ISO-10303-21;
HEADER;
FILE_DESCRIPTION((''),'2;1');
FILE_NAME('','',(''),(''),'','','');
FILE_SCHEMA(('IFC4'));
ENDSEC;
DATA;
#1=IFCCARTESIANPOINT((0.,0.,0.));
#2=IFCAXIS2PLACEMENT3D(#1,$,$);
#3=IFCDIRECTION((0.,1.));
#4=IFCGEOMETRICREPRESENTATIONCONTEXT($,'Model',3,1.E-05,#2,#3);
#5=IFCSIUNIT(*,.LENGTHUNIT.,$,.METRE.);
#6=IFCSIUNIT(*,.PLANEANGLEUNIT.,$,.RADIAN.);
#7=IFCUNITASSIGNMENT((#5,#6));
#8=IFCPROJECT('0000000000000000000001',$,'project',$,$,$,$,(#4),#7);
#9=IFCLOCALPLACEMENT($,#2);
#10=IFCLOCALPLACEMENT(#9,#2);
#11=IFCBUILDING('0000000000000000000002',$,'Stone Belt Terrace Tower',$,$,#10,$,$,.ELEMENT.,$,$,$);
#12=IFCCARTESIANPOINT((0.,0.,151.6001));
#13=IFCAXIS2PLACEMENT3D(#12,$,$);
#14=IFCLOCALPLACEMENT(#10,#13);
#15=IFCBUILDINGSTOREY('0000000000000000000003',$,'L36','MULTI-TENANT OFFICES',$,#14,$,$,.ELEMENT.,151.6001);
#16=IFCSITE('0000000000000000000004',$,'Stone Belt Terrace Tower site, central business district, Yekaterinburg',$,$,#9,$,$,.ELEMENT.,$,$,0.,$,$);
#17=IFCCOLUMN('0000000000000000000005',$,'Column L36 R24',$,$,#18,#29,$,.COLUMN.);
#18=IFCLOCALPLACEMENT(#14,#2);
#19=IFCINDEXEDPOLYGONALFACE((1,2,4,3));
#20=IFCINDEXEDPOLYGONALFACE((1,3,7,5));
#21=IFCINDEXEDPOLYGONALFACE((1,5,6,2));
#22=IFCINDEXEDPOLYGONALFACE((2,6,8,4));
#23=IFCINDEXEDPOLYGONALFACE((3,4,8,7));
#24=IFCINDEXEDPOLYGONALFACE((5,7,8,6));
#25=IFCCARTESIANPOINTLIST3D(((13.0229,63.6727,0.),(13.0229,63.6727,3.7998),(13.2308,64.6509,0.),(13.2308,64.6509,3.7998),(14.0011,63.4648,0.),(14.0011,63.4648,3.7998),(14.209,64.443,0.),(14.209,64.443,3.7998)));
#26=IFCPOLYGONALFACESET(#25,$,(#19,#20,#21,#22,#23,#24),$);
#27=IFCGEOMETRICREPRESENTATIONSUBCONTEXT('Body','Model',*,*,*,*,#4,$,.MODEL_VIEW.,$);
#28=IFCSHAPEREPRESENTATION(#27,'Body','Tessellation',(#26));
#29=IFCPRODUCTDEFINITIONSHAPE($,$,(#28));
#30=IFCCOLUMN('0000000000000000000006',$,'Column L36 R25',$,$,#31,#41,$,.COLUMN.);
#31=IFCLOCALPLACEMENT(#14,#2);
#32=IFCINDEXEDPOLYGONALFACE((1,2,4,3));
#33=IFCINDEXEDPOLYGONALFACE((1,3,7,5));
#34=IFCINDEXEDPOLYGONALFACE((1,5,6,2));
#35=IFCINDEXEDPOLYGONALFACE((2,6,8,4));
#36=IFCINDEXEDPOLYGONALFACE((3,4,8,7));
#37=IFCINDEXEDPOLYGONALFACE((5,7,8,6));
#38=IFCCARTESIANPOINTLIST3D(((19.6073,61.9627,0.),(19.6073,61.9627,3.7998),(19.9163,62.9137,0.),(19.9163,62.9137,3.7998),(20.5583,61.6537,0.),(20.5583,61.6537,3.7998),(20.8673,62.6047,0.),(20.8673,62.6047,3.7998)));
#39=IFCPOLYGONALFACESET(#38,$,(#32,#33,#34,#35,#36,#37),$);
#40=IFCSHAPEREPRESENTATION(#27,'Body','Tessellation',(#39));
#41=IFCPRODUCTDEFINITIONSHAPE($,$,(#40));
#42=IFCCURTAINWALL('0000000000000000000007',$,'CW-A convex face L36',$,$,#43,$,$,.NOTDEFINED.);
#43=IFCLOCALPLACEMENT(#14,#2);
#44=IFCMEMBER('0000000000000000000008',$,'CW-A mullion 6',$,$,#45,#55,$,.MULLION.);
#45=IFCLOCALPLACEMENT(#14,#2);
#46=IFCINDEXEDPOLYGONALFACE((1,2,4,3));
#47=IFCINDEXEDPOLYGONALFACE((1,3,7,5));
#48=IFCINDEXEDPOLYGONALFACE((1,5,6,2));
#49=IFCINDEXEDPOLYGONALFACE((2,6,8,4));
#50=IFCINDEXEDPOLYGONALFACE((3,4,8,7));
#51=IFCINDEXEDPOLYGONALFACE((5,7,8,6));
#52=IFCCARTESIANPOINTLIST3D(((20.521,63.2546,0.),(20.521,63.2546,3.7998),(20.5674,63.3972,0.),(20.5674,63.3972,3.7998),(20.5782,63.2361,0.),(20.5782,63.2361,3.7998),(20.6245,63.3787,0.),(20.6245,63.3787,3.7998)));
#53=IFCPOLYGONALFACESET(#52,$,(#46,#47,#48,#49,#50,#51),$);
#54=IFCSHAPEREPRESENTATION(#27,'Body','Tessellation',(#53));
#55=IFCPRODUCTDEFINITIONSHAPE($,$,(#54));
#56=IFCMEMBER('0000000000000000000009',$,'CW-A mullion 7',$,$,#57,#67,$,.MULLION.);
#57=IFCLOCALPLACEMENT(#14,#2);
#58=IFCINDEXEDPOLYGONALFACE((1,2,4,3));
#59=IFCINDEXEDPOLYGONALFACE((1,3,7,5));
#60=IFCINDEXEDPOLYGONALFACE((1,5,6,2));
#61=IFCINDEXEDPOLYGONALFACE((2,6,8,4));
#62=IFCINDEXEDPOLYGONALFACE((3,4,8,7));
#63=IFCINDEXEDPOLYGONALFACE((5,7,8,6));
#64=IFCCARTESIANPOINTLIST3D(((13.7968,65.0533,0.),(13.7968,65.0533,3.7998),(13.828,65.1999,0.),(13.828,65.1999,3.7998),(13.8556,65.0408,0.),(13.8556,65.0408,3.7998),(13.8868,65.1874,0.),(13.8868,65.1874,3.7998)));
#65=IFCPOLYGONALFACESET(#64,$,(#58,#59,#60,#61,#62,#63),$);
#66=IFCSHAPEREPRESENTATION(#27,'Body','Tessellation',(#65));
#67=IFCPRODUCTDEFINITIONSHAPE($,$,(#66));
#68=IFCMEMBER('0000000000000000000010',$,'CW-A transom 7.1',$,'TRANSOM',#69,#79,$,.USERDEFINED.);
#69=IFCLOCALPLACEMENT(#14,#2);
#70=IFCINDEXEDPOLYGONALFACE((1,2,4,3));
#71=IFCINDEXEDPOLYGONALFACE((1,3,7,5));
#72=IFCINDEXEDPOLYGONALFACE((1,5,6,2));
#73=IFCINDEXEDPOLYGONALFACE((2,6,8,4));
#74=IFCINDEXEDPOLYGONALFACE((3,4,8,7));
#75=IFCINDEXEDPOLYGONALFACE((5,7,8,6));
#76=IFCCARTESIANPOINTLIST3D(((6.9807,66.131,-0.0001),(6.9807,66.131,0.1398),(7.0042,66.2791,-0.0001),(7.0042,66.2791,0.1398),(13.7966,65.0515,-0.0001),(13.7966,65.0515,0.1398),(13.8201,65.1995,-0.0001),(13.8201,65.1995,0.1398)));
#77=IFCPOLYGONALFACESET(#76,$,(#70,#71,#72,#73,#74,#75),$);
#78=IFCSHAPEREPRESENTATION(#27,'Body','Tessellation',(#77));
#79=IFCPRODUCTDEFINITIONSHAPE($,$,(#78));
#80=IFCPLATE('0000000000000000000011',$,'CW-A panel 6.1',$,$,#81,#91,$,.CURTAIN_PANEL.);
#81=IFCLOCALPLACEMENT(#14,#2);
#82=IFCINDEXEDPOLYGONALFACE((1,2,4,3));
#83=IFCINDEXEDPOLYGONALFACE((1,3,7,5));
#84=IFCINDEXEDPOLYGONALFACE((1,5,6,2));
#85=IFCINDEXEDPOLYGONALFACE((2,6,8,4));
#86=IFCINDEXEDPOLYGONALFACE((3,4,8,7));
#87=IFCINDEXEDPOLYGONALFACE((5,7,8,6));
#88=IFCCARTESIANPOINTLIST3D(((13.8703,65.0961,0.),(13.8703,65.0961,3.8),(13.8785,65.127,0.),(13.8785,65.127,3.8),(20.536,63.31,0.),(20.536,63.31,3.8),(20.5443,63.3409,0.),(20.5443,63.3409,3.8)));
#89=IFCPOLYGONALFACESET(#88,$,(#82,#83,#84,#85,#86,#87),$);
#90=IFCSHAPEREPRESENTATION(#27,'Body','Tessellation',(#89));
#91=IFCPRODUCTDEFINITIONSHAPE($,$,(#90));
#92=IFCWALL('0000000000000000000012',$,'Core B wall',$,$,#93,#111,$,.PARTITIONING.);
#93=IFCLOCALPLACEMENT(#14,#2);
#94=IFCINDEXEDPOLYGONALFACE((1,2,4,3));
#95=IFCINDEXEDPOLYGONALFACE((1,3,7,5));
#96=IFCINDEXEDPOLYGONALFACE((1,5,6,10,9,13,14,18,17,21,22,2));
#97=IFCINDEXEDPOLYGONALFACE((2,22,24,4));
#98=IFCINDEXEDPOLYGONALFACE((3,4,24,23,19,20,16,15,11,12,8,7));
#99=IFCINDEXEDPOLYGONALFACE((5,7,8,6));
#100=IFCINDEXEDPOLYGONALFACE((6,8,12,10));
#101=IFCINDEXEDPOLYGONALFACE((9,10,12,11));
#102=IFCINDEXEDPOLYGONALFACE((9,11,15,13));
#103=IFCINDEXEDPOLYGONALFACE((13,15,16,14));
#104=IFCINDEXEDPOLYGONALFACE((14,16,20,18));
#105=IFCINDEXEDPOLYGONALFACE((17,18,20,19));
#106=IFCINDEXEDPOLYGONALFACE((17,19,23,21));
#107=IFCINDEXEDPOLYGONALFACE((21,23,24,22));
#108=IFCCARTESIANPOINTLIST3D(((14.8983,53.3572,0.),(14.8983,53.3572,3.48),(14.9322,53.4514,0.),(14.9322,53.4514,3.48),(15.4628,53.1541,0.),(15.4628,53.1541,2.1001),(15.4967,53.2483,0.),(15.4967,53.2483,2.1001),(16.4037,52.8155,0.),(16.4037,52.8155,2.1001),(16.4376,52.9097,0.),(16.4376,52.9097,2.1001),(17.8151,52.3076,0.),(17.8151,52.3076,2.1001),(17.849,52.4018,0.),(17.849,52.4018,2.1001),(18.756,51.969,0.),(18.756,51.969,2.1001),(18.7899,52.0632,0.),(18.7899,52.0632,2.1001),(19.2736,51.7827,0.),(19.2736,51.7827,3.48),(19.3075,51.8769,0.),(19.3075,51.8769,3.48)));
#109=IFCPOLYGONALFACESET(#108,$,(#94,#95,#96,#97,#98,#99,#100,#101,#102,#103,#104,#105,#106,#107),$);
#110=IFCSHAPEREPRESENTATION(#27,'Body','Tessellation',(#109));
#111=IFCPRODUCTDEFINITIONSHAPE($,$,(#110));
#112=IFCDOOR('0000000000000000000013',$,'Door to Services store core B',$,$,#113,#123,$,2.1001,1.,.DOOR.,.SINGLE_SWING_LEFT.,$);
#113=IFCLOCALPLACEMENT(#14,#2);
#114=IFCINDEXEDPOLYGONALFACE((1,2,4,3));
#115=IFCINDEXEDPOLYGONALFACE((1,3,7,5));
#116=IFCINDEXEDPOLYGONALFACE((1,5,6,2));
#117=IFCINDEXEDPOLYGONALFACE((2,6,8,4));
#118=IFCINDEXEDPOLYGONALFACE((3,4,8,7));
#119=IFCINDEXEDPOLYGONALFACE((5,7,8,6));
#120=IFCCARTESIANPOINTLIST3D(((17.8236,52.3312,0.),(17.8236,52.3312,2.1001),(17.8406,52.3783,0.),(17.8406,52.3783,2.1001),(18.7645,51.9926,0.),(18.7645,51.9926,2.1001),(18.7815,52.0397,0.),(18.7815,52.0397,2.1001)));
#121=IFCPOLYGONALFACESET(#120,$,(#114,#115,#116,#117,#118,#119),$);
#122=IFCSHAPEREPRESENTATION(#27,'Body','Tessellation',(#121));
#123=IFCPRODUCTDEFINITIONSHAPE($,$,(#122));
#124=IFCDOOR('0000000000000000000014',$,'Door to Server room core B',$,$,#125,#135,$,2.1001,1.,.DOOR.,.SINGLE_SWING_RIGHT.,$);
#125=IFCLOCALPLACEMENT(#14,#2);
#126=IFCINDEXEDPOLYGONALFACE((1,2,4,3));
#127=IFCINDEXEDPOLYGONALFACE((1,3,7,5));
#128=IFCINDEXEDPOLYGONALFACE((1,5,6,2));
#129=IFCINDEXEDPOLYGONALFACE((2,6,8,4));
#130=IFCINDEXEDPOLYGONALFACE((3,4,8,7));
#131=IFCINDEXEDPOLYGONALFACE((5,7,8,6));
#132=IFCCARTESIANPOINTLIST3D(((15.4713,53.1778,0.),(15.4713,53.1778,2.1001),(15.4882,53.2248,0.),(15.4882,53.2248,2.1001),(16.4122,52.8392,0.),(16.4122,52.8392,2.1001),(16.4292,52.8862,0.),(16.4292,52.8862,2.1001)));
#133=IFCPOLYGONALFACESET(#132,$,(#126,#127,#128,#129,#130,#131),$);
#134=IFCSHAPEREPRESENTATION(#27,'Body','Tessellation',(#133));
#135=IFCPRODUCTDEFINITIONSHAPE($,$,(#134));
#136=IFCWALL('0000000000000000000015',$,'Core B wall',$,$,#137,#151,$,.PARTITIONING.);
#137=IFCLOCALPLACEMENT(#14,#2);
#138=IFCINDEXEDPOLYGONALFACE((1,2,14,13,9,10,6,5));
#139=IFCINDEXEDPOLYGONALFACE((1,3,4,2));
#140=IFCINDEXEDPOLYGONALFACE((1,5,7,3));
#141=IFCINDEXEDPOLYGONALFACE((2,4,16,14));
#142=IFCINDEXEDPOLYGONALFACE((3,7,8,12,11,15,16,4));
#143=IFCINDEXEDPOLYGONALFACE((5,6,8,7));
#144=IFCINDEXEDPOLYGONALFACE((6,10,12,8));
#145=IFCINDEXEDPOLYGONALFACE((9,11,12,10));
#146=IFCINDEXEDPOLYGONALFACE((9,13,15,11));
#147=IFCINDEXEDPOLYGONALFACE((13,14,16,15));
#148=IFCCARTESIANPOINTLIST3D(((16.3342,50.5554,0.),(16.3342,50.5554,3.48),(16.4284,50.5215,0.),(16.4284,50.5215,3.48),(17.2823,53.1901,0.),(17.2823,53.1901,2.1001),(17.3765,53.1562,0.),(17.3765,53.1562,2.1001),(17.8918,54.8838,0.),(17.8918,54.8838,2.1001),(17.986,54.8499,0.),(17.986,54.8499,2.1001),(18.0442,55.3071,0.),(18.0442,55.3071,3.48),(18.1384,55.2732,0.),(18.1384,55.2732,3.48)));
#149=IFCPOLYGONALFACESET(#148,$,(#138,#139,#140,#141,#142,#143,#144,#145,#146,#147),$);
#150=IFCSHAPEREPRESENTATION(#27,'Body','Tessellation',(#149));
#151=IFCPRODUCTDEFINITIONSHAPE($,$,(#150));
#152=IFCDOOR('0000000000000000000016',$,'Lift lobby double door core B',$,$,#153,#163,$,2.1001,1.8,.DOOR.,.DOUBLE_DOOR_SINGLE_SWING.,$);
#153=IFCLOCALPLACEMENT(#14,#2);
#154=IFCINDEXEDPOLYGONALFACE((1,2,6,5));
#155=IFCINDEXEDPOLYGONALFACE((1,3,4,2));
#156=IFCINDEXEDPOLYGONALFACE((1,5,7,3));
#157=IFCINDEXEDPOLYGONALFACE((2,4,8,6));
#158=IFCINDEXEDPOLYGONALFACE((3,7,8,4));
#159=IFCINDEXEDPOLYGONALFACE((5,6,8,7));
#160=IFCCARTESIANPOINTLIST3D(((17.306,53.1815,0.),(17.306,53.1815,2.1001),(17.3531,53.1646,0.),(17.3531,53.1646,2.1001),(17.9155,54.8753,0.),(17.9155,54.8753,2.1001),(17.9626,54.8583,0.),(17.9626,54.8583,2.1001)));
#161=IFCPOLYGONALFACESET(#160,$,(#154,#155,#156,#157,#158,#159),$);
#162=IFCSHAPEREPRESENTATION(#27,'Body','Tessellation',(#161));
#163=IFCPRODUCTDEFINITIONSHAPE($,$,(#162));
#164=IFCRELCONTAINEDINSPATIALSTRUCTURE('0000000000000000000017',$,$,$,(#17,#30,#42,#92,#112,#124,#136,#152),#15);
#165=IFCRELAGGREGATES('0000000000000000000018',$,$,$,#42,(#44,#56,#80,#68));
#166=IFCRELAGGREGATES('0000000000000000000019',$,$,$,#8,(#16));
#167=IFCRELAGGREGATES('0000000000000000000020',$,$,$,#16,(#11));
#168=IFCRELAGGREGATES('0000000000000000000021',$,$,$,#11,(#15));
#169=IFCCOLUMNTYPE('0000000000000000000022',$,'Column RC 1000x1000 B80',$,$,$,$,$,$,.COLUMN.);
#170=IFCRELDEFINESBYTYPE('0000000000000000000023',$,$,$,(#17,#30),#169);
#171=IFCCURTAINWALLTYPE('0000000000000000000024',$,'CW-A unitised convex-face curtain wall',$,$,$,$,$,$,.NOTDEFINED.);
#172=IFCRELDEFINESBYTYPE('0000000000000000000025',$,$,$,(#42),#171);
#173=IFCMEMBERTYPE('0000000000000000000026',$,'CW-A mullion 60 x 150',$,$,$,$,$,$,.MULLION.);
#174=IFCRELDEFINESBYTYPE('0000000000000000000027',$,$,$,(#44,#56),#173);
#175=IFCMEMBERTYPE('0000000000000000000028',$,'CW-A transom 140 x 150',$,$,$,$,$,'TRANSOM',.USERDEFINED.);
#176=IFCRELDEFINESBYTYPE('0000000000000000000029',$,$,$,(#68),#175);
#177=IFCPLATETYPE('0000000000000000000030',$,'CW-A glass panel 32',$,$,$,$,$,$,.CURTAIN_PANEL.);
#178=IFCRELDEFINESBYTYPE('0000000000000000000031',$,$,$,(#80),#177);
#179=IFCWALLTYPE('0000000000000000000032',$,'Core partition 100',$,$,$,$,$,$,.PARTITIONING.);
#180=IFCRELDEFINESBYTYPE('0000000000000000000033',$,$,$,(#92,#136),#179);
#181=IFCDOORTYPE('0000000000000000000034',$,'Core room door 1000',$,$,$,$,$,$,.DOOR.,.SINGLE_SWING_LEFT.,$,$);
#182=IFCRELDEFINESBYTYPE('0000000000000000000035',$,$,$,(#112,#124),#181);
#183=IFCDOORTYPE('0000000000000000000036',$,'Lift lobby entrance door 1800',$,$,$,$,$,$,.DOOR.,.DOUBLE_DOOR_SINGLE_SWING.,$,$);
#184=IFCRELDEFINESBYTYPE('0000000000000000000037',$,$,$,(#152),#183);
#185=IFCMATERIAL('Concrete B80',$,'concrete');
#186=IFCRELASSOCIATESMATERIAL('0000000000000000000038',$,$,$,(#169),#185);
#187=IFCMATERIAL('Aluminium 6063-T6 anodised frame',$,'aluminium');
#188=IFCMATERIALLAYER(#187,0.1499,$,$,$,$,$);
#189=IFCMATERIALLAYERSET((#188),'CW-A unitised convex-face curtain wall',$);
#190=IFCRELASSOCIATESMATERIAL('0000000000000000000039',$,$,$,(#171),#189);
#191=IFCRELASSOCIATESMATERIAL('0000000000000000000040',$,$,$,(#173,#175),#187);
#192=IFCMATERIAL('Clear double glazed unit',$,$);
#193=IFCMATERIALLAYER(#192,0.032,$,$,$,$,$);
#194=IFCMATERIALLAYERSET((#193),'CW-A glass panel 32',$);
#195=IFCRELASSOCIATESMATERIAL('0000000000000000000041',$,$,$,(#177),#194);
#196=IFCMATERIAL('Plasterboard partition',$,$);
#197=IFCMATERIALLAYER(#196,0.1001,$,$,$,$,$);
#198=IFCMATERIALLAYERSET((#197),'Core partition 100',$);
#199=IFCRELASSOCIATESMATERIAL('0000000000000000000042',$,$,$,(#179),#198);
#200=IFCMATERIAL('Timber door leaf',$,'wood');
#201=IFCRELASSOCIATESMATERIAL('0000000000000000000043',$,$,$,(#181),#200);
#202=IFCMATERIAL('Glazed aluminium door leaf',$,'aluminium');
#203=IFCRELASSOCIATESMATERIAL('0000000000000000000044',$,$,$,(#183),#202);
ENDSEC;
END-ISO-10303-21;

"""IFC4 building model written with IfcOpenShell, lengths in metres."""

from ifc_helpers import new_model, si_unit, direction, frame, frame_2d, origin, origin_2d, place, context, subcontext, project, spatial, rectangle, extrude, material, layer, layer_set, material_profile, profile_set, type_object, element, fill, aggregate, save


model = new_model("IFC4")

# Units and contexts
model_context = context("Model", 3, precision=1e-05, world=origin(), true_north=direction((0.0, 1.0)))
body_context = subcontext(model_context, "Body", "Model", "MODEL_VIEW")
ifc_project = project(units=[si_unit("LENGTHUNIT", "METRE"), si_unit("PLANEANGLEUNIT", "RADIAN")], contexts=[model_context])

# Site, building, storey
site_placement = place(None, origin())
site = spatial("IfcSite", under=ifc_project, at=site_placement, Name="Stone Belt Terrace Tower site, central business district, Yekaterinburg", CompositionType="ELEMENT", RefElevation=0.0)
building_placement = place(site_placement, origin())
building = spatial("IfcBuilding", under=site, at=building_placement, Name="Stone Belt Terrace Tower", CompositionType="ELEMENT")
storey_placement = place(building_placement, frame((0.0, 0.0, 151.6001)))
storey = spatial("IfcBuildingStorey", under=building, at=storey_placement, Name="L36", Description="MULTI-TENANT OFFICES", CompositionType="ELEMENT", Elevation=151.6001)

# Columns
ifc_material_1 = material(Name="Concrete B80", Category="concrete")
ifc_material_profile_1 = material_profile(ifc_material_1, rectangle(XDim=1.0, YDim=1.0, at=origin_2d()), Name="RC 1000x1000")
ifc_profile_set_1 = profile_set([ifc_material_profile_1], Name="Concrete B80")
column_type = type_object("IfcColumnType", Name="Column RC 1000x1000 B80", PredefinedType="COLUMN", material=ifc_profile_set_1)
for number, where, z_axis, x_axis, name in (
    (1, (13.616, 64.0579, 0.0), (0.0, 0.0, 1.0), (0.978148, -0.207912, 0.0), "Column L36 R24"),
    (2, (20.2373, 62.2837, 0.0), (0.0, 0.0, 1.0), (0.951057, -0.309017, 0.0), "Column L36 R25"),
):
    element("IfcColumn", number, at=place(storey_placement, frame(where, z_axis=z_axis, x_axis=x_axis)), inside=storey, type_object=column_type, Name=name, PredefinedType="COLUMN", context=body_context, shape_type="SweptSolid", body=[
        extrude(rectangle(XDim=1.0, YDim=1.0, at=origin_2d()), origin(), (0.0, 0.0, 1.0), 3.7998),
    ])

# Curtain wall, members, plate
ifc_material_2 = material(Name="Aluminium 6063-T6 anodised frame", Category="aluminium")
ifc_layer_1 = layer(ifc_material_2, 0.1499)
ifc_layer_set_1 = layer_set([ifc_layer_1], Name="CW-A unitised convex-face curtain wall")
curtain_wall_type = type_object("IfcCurtainWallType", Name="CW-A unitised convex-face curtain wall", PredefinedType="NOTDEFINED", material=ifc_layer_set_1)
curtain_wall_placement = place(storey_placement, origin())
curtain_wall = element("IfcCurtainWall", 3, at=curtain_wall_placement, inside=storey, type_object=curtain_wall_type, Name="CW-A convex face L36", PredefinedType="NOTDEFINED")
ifc_material_profile_2 = material_profile(ifc_material_2, rectangle(XDim=0.1499, YDim=0.0601, at=origin_2d()), Name="Aluminium 6063-T6 60x150")
ifc_profile_set_2 = profile_set([ifc_material_profile_2], Name="Aluminium 6063-T6 anodised frame")
member_type_1 = type_object("IfcMemberType", Name="CW-A mullion 60 x 150", PredefinedType="MULLION", material=ifc_profile_set_2)
member_1_placement = place(storey_placement, frame((20.5728, 63.3167, 0.0), z_axis=(0.0, 0.0, 1.0), x_axis=(-0.309017, -0.951057, 0.0)))
member_1 = element("IfcMember", 4, at=member_1_placement, type_object=member_type_1, Name="CW-A mullion 6", PredefinedType="MULLION", context=body_context, shape_type="SweptSolid", body=[
    extrude(rectangle(XDim=0.1499, YDim=0.0601, at=origin_2d()), origin(), (0.0, 0.0, 1.0), 3.7998),
])
member_2_placement = place(storey_placement, frame((13.8418, 65.1204, 0.0), z_axis=(0.0, 0.0, 1.0), x_axis=(-0.207912, -0.978148, 0.0)))
member_2 = element("IfcMember", 5, at=member_2_placement, type_object=member_type_1, Name="CW-A mullion 7", PredefinedType="MULLION", context=body_context, shape_type="SweptSolid", body=[
    extrude(rectangle(XDim=0.1499, YDim=0.0601, at=origin_2d()), origin(), (0.0, 0.0, 1.0), 3.7998),
])
ifc_material_profile_3 = material_profile(ifc_material_2, rectangle(XDim=0.1499, YDim=0.1399, at=origin_2d()), Name="Aluminium 6063-T6 150x140")
ifc_profile_set_3 = profile_set([ifc_material_profile_3], Name="Aluminium 6063-T6 anodised frame")
member_type_2 = type_object("IfcMemberType", Name="CW-A transom 140 x 150", ElementType="TRANSOM", PredefinedType="USERDEFINED", material=ifc_profile_set_3)
member_3_placement = place(storey_placement, frame((13.8083, 65.1255, 0.0698), z_axis=(-0.987687, 0.156442, 0.0), x_axis=(-0.156442, -0.987687, 0.0)))
member_3 = element("IfcMember", 6, at=member_3_placement, type_object=member_type_2, Name="CW-A transom 7.1", ObjectType="TRANSOM", PredefinedType="USERDEFINED", context=body_context, shape_type="SweptSolid", body=[
    extrude(rectangle(XDim=0.1499, YDim=0.1399, at=origin_2d()), origin(), (0.0, 0.0, 1.0), 6.9009),
])
ifc_material_3 = material(Name="Clear double glazed unit")
ifc_layer_2 = layer(ifc_material_3, 0.032)
ifc_layer_set_2 = layer_set([ifc_layer_2], Name="CW-A glass panel 32")
plate_type = type_object("IfcPlateType", Name="CW-A glass panel 32", PredefinedType="CURTAIN_PANEL", material=ifc_layer_set_2)
plate_placement = place(storey_placement, frame((17.2073, 64.2185, 0.0), z_axis=(0.0, 0.0, 1.0), x_axis=(-0.965926, 0.258819, 0.0)))
plate = element("IfcPlate", 7, at=plate_placement, type_object=plate_type, Name="CW-A panel 6.1", PredefinedType="CURTAIN_PANEL", context=body_context, shape_type="SweptSolid", body=[
    extrude(rectangle(XDim=6.9009, YDim=0.032, at=origin_2d()), origin(), (0.0, 0.0, 1.0), 3.8),
])
aggregate(curtain_wall, [member_1, member_2, plate, member_3])

# Wall, openings, doors
ifc_material_4 = material(Name="Plasterboard partition")
ifc_layer_3 = layer(ifc_material_4, 0.1001)
ifc_layer_set_3 = layer_set([ifc_layer_3], Name="Core partition 100")
wall_type_1 = type_object("IfcWallType", Name="Core partition 100", PredefinedType="PARTITIONING", material=ifc_layer_set_3)
wall_1_placement = place(storey_placement, frame((19.2905, 51.8298, 0.0), z_axis=(0.0, 0.0, 1.0), x_axis=(-0.94093, 0.3386, 0.0)))
wall_1 = element("IfcWall", 8, at=wall_1_placement, inside=storey, type_object=wall_type_1, Name="Core B wall", PredefinedType="PARTITIONING", context=body_context, shape_type="SweptSolid", body=[
    extrude(rectangle(XDim=4.6499, YDim=0.1001, at=frame_2d((2.325, 0.0))), origin(), (0.0, 0.0, 1.0), 3.48),
])
opening_1_placement = place(wall_1_placement, frame((0.55, 0.0, 0.0)))
opening_1 = element("IfcOpeningElement", 9, at=opening_1_placement, cuts=wall_1, PredefinedType="OPENING", context=body_context, shape_type="SweptSolid", body=[
    extrude(rectangle(XDim=1.0, YDim=2.1001, at=frame_2d((0.5, 1.05))), frame((0.0, 0.0601, 0.0), z_axis=(0.0, -1.0, 0.0), x_axis=(1.0, 0.0, 0.0)), (0.0, 0.0, 1.0), 0.1201),
])
opening_2_placement = place(wall_1_placement, frame((3.05, 0.0, 0.0)))
opening_2 = element("IfcOpeningElement", 10, at=opening_2_placement, cuts=wall_1, PredefinedType="OPENING", context=body_context, shape_type="SweptSolid", body=[
    extrude(rectangle(XDim=1.0, YDim=2.1001, at=frame_2d((0.5, 1.05))), frame((0.0, 0.0601, 0.0), z_axis=(0.0, -1.0, 0.0), x_axis=(1.0, 0.0, 0.0)), (0.0, 0.0, 1.0), 0.1201),
])
ifc_material_5 = material(Name="Timber door leaf", Category="wood")
door_type_1 = type_object("IfcDoorType", Name="Core room door 1000", OperationType="SINGLE_SWING_LEFT", PredefinedType="DOOR", material=ifc_material_5)
door_1_placement = place(opening_1_placement, origin())
door_1 = element("IfcDoor", 11, at=door_1_placement, inside=storey, type_object=door_type_1, Name="Door to Services store core B", OperationType="SINGLE_SWING_LEFT", OverallHeight=2.1001, OverallWidth=1.0, PredefinedType="DOOR", context=body_context, shape_type="SweptSolid", body=[
    extrude(rectangle(XDim=1.0, YDim=2.1001, at=frame_2d((0.5, 1.05))), frame((0.0, 0.0249, 0.0), z_axis=(0.0, -1.0, 0.0), x_axis=(1.0, 0.0, 0.0)), (0.0, 0.0, 1.0), 0.05),
])
fill(opening_1, door_1)
door_2_placement = place(opening_2_placement, origin())
door_2 = element("IfcDoor", 12, at=door_2_placement, inside=storey, type_object=door_type_1, Name="Door to Server room core B", OperationType="SINGLE_SWING_RIGHT", OverallHeight=2.1001, OverallWidth=1.0, PredefinedType="DOOR", context=body_context, shape_type="SweptSolid", body=[
    extrude(rectangle(XDim=1.0, YDim=2.1001, at=frame_2d((0.5, 1.05))), frame((0.0, 0.0249, 0.0), z_axis=(0.0, -1.0, 0.0), x_axis=(1.0, 0.0, 0.0)), (0.0, 0.0, 1.0), 0.05),
])
fill(opening_2, door_2)

# Wall, opening, door
wall_2_placement = place(storey_placement, frame((16.3813, 50.5386, 0.0), z_axis=(0.0, 0.0, 1.0), x_axis=(0.338605, 0.940929, 0.0)))
wall_2 = element("IfcWall", 13, at=wall_2_placement, inside=storey, type_object=wall_type_1, Name="Core B wall", PredefinedType="PARTITIONING", context=body_context, shape_type="SweptSolid", body=[
    extrude(rectangle(XDim=5.05, YDim=0.1001, at=frame_2d((2.5249, 0.0))), origin(), (0.0, 0.0, 1.0), 3.48),
])
opening_3_placement = place(wall_2_placement, frame((2.8, 0.0, 0.0)))
opening_3 = element("IfcOpeningElement", 14, at=opening_3_placement, cuts=wall_2, PredefinedType="OPENING", context=body_context, shape_type="SweptSolid", body=[
    extrude(rectangle(XDim=1.8, YDim=2.1001, at=frame_2d((0.8999, 1.05))), frame((0.0, 0.0601, 0.0), z_axis=(0.0, -1.0, 0.0), x_axis=(1.0, 0.0, 0.0)), (0.0, 0.0, 1.0), 0.1201),
])
ifc_material_6 = material(Name="Glazed aluminium door leaf", Category="aluminium")
door_type_2 = type_object("IfcDoorType", Name="Lift lobby entrance door 1800", OperationType="DOUBLE_DOOR_SINGLE_SWING", PredefinedType="DOOR", material=ifc_material_6)
door_3_placement = place(opening_3_placement, origin())
door_3 = element("IfcDoor", 15, at=door_3_placement, inside=storey, type_object=door_type_2, Name="Lift lobby double door core B", OperationType="DOUBLE_DOOR_SINGLE_SWING", OverallHeight=2.1001, OverallWidth=1.8, PredefinedType="DOOR", context=body_context, shape_type="SweptSolid", body=[
    extrude(rectangle(XDim=1.8, YDim=2.1001, at=frame_2d((0.8999, 1.05))), frame((0.0, 0.0249, 0.0), z_axis=(0.0, -1.0, 0.0), x_axis=(1.0, 0.0, 0.0)), (0.0, 0.0, 1.0), 0.05),
])
fill(opening_3, door_3)

save(model, "model.ifc")
